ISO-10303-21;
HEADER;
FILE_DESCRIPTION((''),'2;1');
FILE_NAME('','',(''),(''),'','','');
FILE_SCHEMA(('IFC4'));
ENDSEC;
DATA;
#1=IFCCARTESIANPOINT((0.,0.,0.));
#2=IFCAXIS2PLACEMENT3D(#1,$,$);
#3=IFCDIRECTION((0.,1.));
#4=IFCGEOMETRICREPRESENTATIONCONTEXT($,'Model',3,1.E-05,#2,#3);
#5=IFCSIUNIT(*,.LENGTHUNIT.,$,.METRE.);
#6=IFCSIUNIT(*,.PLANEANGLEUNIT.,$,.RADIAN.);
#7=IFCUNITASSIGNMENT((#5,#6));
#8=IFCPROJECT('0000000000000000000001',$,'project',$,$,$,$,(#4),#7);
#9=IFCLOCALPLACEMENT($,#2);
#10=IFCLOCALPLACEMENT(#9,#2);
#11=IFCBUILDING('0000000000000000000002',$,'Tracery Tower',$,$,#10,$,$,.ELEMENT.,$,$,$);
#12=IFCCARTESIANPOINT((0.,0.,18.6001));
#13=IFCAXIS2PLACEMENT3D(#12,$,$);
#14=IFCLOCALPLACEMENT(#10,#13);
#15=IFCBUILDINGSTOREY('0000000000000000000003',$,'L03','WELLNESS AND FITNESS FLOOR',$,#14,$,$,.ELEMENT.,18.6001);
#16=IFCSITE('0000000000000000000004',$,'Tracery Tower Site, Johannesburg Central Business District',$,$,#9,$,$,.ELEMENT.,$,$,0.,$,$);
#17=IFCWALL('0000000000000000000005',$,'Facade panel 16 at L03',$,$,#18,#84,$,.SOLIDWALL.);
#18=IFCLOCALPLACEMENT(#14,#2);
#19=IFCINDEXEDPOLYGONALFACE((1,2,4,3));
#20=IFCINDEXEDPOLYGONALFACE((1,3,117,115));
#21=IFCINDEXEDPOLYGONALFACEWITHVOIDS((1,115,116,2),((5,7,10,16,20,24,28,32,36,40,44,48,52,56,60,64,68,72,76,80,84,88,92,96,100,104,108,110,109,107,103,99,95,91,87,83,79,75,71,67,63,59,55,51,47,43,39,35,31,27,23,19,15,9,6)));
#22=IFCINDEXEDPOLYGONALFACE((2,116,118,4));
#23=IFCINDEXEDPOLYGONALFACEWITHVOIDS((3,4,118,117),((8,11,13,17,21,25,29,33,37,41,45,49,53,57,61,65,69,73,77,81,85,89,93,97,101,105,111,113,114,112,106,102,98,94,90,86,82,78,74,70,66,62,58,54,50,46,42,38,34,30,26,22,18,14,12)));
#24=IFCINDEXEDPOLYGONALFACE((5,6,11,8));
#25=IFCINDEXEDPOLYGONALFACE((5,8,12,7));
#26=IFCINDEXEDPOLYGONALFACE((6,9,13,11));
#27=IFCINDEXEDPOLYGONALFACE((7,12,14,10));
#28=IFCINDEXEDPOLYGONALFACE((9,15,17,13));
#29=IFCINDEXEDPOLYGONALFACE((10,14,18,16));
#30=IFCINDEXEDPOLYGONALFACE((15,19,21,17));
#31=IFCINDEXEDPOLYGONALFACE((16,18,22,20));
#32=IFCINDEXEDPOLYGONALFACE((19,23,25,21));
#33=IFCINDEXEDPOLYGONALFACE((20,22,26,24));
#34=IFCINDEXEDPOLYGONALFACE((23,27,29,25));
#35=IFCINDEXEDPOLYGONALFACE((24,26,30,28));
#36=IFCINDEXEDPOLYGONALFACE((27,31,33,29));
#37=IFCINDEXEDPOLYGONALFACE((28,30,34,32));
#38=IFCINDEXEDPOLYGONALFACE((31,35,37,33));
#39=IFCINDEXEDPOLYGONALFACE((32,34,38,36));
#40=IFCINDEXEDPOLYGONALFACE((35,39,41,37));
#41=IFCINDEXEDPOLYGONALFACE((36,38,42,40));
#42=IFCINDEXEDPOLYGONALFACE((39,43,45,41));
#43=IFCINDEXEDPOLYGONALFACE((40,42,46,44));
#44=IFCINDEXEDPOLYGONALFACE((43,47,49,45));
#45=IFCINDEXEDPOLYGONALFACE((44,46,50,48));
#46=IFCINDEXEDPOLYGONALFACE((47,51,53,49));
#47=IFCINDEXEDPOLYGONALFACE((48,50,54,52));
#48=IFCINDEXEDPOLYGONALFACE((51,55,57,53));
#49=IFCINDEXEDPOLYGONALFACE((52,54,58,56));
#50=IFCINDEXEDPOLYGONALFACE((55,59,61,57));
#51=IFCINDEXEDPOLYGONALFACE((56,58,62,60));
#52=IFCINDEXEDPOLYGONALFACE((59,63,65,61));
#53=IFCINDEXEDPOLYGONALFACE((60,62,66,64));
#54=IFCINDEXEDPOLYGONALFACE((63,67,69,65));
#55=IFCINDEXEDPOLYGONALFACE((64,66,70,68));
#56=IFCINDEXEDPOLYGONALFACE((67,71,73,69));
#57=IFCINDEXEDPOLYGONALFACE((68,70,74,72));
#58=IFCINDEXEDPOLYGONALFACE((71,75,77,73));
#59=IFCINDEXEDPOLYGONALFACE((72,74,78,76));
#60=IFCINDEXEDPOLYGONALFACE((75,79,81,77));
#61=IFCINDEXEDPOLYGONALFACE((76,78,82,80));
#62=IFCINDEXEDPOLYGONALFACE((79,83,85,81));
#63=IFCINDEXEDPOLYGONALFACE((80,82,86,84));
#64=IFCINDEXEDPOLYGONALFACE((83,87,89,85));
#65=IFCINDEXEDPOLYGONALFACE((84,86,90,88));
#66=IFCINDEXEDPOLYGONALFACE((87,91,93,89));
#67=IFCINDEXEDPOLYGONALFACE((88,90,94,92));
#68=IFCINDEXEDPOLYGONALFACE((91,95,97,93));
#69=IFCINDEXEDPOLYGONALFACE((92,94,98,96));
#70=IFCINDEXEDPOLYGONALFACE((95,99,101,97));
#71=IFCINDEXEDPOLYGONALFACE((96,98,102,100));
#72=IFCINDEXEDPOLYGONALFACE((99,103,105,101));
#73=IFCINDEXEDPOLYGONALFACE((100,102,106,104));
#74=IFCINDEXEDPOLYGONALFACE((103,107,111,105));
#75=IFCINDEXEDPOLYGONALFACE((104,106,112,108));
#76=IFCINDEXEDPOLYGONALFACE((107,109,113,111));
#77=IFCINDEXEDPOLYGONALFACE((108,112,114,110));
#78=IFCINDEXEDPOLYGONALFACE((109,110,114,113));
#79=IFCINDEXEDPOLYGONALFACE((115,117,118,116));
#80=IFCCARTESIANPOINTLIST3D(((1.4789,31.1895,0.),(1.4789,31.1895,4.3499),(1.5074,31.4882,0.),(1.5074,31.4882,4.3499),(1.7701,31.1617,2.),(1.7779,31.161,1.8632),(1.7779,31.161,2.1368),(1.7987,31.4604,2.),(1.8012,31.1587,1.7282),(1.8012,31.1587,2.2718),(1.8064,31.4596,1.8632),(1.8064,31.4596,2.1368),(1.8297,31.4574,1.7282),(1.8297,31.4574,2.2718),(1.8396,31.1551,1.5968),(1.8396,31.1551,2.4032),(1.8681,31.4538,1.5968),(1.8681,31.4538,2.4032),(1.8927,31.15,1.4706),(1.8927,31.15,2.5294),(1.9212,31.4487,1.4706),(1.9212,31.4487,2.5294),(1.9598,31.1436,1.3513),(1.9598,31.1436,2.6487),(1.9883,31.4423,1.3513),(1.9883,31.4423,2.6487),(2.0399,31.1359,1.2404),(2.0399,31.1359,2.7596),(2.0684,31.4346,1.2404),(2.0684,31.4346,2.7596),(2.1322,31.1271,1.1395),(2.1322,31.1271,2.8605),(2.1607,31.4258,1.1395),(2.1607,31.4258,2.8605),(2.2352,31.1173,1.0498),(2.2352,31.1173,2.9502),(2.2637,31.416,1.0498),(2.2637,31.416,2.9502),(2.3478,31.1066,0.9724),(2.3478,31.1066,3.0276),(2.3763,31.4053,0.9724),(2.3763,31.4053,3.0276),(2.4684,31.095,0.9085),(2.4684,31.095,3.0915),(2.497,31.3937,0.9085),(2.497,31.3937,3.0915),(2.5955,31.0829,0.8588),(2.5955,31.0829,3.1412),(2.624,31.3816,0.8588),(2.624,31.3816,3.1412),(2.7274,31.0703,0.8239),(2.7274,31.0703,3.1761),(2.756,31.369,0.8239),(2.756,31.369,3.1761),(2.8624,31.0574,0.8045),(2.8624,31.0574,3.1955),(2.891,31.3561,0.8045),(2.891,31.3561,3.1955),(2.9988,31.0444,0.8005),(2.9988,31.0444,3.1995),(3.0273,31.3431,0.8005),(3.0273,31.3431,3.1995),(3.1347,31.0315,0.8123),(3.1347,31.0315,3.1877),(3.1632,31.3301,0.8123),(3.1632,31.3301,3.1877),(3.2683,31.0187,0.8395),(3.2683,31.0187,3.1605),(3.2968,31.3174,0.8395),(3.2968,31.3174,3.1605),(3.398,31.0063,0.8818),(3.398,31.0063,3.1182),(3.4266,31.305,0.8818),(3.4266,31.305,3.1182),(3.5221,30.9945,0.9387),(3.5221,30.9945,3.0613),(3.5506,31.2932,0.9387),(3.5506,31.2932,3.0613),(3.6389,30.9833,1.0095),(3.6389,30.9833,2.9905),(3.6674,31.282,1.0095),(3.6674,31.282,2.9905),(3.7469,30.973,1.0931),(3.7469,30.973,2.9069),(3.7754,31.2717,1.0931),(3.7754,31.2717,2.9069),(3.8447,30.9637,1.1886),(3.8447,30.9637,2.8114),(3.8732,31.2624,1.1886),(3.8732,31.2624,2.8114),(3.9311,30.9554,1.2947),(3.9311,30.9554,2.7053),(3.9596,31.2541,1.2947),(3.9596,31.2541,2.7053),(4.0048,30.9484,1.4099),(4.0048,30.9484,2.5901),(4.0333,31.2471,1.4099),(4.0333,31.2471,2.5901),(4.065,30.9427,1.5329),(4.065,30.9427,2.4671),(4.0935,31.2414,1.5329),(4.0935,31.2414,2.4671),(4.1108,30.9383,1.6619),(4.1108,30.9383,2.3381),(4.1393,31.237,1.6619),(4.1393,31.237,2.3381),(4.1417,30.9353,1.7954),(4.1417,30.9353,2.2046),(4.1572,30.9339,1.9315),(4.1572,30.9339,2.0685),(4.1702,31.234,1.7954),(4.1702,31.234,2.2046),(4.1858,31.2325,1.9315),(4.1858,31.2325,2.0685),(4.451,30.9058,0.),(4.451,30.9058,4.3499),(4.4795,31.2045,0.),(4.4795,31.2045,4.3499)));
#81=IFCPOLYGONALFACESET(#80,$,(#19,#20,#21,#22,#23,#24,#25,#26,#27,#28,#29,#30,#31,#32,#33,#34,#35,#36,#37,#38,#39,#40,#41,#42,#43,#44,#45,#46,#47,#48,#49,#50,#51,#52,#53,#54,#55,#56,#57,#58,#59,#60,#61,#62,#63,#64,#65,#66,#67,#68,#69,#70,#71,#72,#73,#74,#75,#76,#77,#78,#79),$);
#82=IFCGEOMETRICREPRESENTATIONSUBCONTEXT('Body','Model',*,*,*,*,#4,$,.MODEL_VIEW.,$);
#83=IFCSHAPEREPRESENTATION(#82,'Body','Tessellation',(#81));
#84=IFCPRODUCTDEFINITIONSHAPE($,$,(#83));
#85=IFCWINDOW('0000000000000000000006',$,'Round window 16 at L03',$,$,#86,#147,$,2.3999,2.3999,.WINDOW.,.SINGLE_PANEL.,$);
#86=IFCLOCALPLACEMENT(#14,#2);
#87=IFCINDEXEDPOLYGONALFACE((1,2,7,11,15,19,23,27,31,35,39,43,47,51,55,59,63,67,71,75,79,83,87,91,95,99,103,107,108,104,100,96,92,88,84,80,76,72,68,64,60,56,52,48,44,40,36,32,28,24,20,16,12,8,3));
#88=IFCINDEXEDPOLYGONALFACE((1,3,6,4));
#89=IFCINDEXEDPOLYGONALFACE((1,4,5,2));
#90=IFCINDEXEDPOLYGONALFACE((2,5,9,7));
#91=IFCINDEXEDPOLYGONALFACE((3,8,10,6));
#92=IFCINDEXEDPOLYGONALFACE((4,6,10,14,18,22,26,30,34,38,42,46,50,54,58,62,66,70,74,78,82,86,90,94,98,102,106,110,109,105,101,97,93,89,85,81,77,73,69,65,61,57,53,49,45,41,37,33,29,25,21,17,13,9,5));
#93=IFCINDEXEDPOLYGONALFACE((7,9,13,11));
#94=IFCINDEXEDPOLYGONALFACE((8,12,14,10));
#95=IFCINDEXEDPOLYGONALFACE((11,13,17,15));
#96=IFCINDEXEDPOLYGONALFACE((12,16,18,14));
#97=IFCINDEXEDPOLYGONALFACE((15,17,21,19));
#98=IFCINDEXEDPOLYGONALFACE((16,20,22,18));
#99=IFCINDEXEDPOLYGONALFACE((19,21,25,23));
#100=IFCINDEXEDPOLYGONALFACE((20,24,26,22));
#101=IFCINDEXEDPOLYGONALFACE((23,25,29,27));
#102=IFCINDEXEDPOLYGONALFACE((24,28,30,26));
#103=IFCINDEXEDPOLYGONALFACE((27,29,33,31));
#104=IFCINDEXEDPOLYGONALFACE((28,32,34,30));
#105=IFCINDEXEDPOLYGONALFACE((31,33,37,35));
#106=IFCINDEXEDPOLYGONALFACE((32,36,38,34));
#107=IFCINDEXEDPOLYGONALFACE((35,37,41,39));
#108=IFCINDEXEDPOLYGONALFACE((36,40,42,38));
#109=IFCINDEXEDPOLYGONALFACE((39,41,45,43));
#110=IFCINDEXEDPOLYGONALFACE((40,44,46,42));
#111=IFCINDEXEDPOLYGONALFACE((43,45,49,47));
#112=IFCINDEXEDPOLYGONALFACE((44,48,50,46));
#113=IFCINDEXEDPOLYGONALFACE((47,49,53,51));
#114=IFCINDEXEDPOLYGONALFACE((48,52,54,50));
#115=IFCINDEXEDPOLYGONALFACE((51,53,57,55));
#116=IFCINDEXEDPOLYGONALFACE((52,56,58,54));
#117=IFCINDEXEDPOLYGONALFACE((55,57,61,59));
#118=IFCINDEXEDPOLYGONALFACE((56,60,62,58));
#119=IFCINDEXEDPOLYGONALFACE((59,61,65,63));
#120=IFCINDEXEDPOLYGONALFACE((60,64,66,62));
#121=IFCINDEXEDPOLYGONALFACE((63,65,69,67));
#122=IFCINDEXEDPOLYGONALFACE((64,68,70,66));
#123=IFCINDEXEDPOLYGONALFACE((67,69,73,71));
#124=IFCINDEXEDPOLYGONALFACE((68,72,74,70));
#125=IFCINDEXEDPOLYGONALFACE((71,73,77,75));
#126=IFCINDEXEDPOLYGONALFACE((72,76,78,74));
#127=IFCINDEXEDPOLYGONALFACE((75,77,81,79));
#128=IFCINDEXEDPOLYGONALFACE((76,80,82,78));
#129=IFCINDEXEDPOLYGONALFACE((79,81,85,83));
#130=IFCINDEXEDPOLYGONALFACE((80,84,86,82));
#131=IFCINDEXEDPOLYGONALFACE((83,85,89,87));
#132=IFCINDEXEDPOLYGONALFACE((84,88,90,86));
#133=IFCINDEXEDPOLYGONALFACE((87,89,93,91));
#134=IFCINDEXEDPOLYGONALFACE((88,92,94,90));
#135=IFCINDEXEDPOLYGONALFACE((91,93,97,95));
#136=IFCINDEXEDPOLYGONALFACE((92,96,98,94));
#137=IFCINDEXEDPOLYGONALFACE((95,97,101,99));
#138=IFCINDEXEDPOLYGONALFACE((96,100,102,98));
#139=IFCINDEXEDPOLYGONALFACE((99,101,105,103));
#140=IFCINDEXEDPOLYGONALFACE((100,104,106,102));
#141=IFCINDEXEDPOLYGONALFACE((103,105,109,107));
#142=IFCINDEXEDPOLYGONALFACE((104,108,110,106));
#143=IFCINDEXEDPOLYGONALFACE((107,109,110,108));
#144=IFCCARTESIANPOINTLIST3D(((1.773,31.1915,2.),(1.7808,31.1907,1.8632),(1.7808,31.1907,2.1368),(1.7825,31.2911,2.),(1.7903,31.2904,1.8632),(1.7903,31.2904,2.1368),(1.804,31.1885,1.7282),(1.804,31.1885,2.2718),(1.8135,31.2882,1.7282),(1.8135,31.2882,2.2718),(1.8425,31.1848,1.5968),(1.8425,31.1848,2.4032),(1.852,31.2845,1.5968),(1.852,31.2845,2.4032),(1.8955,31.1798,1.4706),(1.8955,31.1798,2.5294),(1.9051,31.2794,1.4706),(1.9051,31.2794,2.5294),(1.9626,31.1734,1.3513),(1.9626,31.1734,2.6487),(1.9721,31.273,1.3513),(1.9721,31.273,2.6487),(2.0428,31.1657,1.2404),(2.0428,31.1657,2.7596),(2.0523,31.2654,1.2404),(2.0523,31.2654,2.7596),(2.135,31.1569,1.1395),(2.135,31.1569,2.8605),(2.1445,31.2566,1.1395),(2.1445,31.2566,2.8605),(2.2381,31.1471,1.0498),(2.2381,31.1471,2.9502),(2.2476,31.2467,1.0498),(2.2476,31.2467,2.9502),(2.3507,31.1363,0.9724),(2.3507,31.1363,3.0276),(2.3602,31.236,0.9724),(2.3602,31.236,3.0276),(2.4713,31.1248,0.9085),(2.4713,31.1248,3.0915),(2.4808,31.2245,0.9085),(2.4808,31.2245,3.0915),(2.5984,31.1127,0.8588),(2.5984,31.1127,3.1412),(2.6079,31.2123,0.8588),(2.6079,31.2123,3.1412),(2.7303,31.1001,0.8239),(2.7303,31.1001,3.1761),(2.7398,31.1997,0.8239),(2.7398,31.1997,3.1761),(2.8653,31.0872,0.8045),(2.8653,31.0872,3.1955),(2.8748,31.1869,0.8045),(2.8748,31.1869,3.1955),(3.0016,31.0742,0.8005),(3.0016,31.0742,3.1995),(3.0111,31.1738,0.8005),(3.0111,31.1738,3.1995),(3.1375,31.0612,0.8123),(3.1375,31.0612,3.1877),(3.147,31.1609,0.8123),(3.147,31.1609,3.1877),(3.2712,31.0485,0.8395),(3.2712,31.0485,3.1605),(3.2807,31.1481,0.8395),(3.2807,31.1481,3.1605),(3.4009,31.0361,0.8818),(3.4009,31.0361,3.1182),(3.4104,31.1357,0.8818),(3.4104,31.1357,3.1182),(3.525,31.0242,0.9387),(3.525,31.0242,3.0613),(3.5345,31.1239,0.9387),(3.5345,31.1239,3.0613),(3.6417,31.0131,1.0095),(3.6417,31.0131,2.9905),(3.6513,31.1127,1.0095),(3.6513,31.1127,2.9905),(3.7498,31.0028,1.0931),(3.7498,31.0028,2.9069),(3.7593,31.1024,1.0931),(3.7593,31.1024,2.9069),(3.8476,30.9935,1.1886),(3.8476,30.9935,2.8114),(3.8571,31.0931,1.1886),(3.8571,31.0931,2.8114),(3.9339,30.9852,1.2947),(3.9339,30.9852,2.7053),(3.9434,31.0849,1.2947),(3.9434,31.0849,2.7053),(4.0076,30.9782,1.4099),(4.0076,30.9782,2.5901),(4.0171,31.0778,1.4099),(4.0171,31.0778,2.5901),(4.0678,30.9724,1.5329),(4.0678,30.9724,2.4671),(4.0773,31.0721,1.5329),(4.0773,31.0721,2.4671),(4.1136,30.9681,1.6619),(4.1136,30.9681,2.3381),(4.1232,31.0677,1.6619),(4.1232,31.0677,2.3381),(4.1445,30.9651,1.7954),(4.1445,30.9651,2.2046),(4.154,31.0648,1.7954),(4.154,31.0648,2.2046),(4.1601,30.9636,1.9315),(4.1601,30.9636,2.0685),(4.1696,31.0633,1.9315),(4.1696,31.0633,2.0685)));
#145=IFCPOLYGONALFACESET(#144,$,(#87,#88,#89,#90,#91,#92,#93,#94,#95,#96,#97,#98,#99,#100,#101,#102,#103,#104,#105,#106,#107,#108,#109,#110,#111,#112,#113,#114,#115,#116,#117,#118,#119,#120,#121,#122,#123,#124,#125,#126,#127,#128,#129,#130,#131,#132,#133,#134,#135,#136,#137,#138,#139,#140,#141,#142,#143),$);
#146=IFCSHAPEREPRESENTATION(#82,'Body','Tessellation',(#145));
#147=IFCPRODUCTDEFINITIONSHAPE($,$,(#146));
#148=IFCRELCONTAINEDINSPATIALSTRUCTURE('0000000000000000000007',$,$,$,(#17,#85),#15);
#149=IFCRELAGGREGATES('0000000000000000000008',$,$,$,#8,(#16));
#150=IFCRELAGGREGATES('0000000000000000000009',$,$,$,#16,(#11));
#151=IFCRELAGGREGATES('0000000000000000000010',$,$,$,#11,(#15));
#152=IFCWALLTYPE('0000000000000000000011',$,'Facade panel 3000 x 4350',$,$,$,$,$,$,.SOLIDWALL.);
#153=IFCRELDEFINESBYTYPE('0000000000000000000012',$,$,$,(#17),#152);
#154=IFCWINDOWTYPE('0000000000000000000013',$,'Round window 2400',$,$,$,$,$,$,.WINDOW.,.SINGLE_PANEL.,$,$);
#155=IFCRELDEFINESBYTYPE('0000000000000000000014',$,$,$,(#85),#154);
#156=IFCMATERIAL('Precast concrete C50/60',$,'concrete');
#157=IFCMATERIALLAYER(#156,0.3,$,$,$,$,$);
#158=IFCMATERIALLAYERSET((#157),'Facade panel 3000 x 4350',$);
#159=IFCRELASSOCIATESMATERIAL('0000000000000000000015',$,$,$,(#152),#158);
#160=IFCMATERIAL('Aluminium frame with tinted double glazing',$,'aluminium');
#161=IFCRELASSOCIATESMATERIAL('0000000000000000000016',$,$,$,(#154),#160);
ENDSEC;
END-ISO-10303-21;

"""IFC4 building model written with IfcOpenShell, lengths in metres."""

from ifc_helpers import new_model, si_unit, direction, frame, frame_2d, origin, origin_2d, place, context, subcontext, project, spatial, rectangle, circle, extrude, material, layer, layer_set, type_object, element, fill, save


model = new_model("IFC4")

# Units and contexts
model_context = context("Model", 3, precision=1e-05, world=origin(), true_north=direction((0.0, 1.0)))
body_context = subcontext(model_context, "Body", "Model", "MODEL_VIEW")
ifc_project = project(units=[si_unit("LENGTHUNIT", "METRE"), si_unit("PLANEANGLEUNIT", "RADIAN")], contexts=[model_context])

# Site, building, storey
site_placement = place(None, origin())
site = spatial("IfcSite", under=ifc_project, at=site_placement, Name="Tracery Tower Site, Johannesburg Central Business District", CompositionType="ELEMENT", RefElevation=0.0)
building_placement = place(site_placement, origin())
building = spatial("IfcBuilding", under=site, at=building_placement, Name="Tracery Tower", CompositionType="ELEMENT")
storey_placement = place(building_placement, frame((0.0, 0.0, 18.6001)))
storey = spatial("IfcBuildingStorey", under=building, at=storey_placement, Name="L03", Description="WELLNESS AND FITNESS FLOOR", CompositionType="ELEMENT", Elevation=18.6001)

# Wall, opening, window
ifc_material_1 = material(Name="Precast concrete C50/60", Category="concrete")
ifc_layer_1 = layer(ifc_material_1, 0.3)
ifc_layer_set_1 = layer_set([ifc_layer_1], Name="Facade panel 3000 x 4350")
wall_type_1 = type_object("IfcWallType", Name="Facade panel 3000 x 4350", PredefinedType="SOLIDWALL", material=ifc_layer_set_1)
ifc_material_2 = material(Name="Aluminium frame with tinted double glazing", Category="aluminium")
window_type = type_object("IfcWindowType", Name="Round window 2400", PartitioningType="SINGLE_PANEL", PredefinedType="WINDOW", material=ifc_material_2)
wall_1_placement = place(storey_placement, frame((4.4651, 31.0552, 0.0), z_axis=(0.0, 0.0, 1.0), x_axis=(-0.995476, 0.095017, 0.0)))
wall_1 = element("IfcWall", 1, at=wall_1_placement, inside=storey, type_object=wall_type_1, Name="Facade panel 16 at L03", PredefinedType="SOLIDWALL", context=body_context, shape_type="SweptSolid", body=[
    extrude(rectangle(XDim=2.9856, YDim=0.3, at=frame_2d((1.4927, 0.0))), origin(), (0.0, 0.0, 1.0), 4.3499),
])
opening_1_placement = place(wall_1_placement, frame((1.4929, 0.0, 2.0)))
opening_1 = element("IfcOpeningElement", 2, at=opening_1_placement, cuts=wall_1, PredefinedType="OPENING", context=body_context, shape_type="SweptSolid", body=[
    extrude(circle(Radius=1.2, at=origin_2d()), frame((0.0, 0.1599, 0.0), z_axis=(0.0, -1.0, 0.0), x_axis=(1.0, 0.0, 0.0)), (0.0, 0.0, 1.0), 0.3201),
])
window_1_placement = place(opening_1_placement, origin())
window_1 = element("IfcWindow", 3, at=window_1_placement, inside=storey, type_object=window_type, Name="Round window 16 at L03", OverallHeight=2.3999, OverallWidth=2.3999, PartitioningType="SINGLE_PANEL", PredefinedType="WINDOW", context=body_context, shape_type="SweptSolid", body=[
    extrude(circle(Radius=1.2, at=origin_2d()), frame((0.0, 0.1201, 0.0), z_axis=(0.0, -1.0, 0.0), x_axis=(1.0, 0.0, 0.0)), (0.0, 0.0, 1.0), 0.1001),
])
fill(opening_1, window_1)

save(model, "model.ifc")
